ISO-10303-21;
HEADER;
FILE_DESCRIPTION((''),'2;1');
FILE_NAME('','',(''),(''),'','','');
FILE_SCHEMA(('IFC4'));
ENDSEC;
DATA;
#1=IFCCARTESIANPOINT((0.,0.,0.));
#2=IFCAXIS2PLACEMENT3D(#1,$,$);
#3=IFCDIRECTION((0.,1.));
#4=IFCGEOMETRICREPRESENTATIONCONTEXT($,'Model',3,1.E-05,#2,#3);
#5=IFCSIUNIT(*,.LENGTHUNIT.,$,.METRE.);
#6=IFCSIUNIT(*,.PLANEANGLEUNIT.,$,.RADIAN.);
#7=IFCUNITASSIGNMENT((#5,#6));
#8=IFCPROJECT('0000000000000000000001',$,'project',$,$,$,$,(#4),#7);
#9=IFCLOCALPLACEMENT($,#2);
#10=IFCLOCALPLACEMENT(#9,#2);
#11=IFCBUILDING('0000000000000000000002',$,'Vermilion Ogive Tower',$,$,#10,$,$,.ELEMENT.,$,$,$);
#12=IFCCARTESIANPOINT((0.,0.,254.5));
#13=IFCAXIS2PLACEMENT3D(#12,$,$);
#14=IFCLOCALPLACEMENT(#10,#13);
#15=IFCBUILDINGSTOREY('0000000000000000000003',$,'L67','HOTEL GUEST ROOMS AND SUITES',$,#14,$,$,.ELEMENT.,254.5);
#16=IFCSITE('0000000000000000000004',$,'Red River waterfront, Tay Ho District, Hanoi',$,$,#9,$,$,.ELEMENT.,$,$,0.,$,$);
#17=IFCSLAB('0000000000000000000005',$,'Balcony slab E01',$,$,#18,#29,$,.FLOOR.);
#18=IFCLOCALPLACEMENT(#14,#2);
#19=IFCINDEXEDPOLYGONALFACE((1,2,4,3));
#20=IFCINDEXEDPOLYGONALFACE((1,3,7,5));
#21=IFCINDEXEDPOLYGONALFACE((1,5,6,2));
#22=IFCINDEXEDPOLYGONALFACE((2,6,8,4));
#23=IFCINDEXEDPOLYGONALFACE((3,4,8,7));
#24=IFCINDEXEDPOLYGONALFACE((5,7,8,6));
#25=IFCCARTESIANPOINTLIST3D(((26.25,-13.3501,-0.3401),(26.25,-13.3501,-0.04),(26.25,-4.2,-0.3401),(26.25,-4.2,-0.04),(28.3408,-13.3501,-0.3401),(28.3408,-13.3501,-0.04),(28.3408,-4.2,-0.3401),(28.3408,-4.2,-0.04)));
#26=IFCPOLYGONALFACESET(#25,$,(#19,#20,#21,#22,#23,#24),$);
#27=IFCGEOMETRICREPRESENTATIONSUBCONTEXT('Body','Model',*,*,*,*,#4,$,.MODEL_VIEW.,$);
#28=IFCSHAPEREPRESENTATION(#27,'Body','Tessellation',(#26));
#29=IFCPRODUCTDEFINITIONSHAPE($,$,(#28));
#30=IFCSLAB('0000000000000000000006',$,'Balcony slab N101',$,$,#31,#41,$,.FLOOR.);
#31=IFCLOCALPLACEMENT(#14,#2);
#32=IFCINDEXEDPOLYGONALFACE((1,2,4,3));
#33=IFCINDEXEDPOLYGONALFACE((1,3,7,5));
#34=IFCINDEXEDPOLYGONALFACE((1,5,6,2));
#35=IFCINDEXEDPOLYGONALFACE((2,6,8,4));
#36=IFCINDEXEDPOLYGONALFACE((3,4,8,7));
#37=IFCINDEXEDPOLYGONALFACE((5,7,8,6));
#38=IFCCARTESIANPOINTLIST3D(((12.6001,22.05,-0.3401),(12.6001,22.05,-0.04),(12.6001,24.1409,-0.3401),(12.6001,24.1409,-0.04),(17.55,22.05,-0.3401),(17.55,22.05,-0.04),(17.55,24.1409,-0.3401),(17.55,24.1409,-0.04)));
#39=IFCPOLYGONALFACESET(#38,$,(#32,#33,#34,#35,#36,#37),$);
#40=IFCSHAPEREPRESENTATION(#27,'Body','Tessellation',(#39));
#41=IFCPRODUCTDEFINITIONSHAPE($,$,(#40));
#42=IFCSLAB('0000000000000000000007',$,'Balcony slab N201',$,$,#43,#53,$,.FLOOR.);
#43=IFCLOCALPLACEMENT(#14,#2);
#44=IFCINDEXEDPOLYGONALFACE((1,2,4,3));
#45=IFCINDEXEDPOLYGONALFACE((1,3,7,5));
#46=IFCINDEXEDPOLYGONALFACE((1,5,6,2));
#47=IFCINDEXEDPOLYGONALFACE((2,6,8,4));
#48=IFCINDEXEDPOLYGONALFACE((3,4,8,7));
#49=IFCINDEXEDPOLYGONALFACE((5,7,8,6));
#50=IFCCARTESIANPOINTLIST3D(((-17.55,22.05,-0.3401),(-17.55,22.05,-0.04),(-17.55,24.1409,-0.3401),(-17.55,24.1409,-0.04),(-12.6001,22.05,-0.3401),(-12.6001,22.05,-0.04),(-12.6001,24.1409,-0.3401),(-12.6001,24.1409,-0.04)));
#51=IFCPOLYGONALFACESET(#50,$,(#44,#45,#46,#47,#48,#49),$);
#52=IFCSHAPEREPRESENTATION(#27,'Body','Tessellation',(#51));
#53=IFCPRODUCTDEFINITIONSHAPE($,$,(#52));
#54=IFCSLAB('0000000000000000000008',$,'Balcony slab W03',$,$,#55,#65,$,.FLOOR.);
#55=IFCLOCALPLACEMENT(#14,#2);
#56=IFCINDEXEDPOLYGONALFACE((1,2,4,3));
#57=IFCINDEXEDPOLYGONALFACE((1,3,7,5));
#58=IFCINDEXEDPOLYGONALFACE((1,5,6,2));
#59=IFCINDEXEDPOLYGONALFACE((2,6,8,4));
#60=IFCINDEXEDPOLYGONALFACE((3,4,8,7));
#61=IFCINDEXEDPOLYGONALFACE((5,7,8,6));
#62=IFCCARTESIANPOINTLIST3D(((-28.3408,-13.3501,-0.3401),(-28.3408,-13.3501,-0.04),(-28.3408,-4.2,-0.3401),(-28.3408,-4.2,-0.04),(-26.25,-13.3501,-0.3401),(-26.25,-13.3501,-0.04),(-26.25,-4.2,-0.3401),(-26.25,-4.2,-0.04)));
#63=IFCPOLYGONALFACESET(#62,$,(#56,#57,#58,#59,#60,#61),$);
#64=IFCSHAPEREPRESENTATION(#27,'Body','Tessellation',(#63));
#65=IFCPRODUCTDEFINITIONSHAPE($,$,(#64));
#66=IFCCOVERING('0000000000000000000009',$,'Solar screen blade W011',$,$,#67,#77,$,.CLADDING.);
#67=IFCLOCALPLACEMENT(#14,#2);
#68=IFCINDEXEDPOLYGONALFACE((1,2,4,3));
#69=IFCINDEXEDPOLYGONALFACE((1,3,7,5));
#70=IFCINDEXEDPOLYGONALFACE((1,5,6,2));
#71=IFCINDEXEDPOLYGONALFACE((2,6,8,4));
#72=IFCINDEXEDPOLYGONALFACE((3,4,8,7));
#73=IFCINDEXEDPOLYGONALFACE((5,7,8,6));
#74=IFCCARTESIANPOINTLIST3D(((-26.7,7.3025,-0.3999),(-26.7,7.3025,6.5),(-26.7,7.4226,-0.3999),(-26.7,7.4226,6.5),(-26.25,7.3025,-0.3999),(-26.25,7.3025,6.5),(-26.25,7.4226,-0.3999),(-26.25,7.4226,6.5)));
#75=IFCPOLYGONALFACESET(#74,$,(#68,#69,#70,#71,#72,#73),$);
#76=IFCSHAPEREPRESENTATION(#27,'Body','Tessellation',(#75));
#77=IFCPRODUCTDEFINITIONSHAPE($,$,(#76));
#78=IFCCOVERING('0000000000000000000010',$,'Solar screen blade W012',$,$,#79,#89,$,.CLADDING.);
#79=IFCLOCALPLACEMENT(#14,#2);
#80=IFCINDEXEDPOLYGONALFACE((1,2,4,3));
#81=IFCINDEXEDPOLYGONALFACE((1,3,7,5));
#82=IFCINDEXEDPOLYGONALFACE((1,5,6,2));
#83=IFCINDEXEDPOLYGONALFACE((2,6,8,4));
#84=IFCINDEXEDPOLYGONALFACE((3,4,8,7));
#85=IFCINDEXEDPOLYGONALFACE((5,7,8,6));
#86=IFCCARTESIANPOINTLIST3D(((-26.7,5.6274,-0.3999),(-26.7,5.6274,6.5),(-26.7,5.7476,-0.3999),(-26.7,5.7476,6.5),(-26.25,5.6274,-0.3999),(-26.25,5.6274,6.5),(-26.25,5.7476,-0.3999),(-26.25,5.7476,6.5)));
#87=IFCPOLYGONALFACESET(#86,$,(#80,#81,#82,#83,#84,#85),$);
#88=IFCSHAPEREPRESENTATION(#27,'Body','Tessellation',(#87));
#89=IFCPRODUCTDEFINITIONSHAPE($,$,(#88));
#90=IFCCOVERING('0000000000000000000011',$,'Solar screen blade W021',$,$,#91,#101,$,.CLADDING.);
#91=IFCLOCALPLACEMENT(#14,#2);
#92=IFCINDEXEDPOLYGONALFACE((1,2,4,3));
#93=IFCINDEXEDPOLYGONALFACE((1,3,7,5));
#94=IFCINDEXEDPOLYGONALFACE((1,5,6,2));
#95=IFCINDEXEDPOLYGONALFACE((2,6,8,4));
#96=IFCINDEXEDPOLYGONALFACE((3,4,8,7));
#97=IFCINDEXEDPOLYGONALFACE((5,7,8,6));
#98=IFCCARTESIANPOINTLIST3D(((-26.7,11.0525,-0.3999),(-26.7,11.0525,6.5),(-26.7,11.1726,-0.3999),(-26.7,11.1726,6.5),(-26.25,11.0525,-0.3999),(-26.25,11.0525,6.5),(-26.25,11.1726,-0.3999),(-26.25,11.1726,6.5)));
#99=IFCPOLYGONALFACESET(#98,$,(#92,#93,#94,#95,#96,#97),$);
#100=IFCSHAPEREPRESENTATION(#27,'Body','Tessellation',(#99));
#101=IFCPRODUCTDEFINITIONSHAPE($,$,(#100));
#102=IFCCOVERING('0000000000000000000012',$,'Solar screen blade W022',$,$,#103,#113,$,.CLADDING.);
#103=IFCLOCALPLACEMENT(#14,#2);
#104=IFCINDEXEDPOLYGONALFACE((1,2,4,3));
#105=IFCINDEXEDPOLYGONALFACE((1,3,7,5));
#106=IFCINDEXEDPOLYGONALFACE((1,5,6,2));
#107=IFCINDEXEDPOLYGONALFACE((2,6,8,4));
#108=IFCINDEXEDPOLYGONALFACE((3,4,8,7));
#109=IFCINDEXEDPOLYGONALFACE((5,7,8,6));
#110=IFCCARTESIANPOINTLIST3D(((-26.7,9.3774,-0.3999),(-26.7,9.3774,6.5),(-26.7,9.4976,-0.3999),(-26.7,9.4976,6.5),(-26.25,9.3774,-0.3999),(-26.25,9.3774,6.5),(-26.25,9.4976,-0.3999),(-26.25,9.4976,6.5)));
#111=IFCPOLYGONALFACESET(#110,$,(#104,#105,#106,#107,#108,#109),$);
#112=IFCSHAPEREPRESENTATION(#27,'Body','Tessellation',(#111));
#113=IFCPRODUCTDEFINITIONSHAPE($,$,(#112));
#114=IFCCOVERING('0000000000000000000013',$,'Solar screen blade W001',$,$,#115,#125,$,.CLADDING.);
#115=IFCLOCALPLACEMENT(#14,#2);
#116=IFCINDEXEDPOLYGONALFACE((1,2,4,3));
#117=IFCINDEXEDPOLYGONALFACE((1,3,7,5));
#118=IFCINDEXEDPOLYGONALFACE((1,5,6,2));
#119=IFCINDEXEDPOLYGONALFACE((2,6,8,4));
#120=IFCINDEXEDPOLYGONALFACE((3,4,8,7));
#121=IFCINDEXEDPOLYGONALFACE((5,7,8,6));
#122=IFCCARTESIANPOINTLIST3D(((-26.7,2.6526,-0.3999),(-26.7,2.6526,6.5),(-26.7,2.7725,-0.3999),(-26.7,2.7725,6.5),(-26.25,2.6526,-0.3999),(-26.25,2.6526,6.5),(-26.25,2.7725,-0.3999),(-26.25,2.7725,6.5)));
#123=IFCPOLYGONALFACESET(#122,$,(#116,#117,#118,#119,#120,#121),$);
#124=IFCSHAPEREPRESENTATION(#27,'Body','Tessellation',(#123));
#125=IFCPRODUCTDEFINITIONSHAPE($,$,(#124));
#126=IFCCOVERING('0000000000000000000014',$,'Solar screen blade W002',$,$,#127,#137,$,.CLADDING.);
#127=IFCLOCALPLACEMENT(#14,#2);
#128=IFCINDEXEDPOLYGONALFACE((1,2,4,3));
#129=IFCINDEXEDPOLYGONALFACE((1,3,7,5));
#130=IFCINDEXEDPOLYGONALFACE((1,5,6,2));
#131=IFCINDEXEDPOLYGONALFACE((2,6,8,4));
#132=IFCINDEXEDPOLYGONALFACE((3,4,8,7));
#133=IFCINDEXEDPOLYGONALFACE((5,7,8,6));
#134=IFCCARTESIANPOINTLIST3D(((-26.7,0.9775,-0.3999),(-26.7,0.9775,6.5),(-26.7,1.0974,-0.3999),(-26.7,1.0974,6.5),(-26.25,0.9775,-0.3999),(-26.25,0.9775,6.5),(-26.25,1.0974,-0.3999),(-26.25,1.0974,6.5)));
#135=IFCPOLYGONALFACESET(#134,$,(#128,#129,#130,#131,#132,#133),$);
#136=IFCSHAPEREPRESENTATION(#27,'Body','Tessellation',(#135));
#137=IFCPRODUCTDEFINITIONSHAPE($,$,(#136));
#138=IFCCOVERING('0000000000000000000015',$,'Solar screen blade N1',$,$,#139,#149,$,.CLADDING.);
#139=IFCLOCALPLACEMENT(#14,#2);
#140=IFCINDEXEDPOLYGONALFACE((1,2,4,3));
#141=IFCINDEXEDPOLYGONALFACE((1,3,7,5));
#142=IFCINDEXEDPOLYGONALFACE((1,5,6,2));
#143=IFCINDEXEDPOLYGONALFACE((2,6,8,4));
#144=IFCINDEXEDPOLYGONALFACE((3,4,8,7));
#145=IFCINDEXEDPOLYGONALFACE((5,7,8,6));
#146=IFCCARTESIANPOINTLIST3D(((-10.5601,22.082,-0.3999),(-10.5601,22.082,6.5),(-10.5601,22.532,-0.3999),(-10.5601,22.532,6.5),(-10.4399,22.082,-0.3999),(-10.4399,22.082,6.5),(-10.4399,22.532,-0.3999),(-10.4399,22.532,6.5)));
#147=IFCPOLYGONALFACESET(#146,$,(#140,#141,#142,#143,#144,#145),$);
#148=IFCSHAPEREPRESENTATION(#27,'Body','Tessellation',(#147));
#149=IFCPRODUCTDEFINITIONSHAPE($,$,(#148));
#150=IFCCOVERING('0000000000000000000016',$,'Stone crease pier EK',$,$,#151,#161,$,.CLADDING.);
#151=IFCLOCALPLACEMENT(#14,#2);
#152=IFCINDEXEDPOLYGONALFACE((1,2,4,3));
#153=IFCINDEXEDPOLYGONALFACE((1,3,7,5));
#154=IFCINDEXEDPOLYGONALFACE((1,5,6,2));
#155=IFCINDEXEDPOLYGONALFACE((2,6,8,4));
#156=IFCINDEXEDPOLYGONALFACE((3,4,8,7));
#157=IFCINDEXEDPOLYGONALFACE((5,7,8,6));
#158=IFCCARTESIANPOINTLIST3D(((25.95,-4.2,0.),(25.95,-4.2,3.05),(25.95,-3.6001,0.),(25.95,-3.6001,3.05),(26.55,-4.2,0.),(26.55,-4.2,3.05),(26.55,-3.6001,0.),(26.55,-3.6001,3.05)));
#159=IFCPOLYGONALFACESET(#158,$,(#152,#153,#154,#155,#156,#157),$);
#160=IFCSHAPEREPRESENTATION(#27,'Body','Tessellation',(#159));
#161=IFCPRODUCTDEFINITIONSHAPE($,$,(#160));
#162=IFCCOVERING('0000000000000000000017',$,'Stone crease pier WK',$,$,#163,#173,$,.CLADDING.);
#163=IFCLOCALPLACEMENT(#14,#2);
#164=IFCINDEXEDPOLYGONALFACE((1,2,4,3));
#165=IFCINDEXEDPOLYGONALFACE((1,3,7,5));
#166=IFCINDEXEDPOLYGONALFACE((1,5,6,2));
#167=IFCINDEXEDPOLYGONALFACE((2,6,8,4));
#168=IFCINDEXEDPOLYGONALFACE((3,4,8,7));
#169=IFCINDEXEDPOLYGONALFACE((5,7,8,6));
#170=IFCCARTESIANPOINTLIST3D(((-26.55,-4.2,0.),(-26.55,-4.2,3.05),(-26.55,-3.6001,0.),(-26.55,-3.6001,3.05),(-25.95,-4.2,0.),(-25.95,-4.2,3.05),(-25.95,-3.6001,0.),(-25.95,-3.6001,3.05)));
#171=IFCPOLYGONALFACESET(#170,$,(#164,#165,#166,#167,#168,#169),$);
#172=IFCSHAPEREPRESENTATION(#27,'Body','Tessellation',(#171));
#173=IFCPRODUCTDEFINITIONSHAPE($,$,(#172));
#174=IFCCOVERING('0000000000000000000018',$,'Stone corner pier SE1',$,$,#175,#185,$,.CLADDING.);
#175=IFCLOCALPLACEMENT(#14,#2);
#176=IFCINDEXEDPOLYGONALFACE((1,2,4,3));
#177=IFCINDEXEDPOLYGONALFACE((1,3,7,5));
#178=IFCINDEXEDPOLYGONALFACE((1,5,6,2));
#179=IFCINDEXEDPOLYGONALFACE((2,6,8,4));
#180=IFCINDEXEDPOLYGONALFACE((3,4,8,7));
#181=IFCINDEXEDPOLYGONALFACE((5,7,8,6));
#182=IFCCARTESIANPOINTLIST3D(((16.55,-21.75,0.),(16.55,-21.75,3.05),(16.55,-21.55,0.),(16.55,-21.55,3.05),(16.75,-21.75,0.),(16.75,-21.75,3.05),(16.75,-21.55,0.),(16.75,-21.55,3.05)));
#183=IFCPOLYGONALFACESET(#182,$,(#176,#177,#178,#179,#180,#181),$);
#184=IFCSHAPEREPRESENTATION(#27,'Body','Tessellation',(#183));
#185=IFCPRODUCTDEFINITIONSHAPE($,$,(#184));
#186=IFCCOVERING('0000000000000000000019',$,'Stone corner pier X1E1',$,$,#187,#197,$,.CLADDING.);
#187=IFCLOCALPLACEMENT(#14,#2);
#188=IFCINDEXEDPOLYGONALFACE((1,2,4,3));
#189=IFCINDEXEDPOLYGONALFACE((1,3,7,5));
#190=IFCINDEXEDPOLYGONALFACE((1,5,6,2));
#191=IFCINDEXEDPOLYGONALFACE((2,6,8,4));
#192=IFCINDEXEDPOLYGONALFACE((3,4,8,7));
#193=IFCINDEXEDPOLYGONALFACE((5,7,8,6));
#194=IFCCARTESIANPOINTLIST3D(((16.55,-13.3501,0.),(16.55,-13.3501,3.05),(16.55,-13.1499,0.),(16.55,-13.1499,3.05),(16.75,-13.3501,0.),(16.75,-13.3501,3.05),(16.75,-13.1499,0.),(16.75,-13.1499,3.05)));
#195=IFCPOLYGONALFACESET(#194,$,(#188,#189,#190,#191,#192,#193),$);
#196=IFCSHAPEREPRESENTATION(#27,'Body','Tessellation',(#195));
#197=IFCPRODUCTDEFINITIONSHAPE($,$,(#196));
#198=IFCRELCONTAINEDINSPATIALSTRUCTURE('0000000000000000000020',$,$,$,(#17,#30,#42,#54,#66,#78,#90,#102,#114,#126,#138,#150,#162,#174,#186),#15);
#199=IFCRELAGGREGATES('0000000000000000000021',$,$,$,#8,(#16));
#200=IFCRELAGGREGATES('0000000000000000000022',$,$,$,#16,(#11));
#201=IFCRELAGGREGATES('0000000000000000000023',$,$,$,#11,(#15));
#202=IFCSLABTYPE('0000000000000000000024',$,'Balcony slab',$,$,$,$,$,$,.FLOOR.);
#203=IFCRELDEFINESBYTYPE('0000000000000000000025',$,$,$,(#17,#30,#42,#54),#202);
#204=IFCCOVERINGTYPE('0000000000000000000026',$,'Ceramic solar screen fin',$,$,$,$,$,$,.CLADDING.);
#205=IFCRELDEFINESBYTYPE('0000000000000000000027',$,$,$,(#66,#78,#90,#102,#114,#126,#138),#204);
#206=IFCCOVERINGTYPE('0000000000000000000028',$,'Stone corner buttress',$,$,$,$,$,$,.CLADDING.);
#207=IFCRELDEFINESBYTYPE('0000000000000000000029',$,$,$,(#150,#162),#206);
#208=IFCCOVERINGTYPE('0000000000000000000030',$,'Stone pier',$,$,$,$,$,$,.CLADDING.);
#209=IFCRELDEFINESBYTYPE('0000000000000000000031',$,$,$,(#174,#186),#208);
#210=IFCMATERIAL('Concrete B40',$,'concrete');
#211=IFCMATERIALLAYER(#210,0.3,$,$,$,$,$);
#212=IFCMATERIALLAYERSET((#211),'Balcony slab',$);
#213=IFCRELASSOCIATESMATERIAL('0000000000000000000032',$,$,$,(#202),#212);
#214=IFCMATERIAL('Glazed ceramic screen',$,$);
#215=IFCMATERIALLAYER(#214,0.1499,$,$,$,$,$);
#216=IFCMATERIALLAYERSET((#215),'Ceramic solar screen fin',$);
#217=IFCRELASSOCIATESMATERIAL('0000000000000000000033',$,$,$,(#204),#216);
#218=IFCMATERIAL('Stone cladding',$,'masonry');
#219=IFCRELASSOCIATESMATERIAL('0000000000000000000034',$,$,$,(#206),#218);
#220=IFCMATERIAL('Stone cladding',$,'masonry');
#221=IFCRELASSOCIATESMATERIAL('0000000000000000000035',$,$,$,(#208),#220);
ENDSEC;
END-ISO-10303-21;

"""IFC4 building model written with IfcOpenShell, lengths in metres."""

from ifc_helpers import new_model, si_unit, direction, frame, origin, place, context, subcontext, project, spatial, polyline, outline, extrude, material, layer, layer_set, type_object, element, save


model = new_model("IFC4")

# Units and contexts
model_context = context("Model", 3, precision=1e-05, world=origin(), true_north=direction((0.0, 1.0)))
body_context = subcontext(model_context, "Body", "Model", "MODEL_VIEW")
ifc_project = project(units=[si_unit("LENGTHUNIT", "METRE"), si_unit("PLANEANGLEUNIT", "RADIAN")], contexts=[model_context])

# Site, building, storey
site_placement = place(None, origin())
site = spatial("IfcSite", under=ifc_project, at=site_placement, Name="Red River waterfront, Tay Ho District, Hanoi", CompositionType="ELEMENT", RefElevation=0.0)
building_placement = place(site_placement, origin())
building = spatial("IfcBuilding", under=site, at=building_placement, Name="Vermilion Ogive Tower", CompositionType="ELEMENT")
storey_placement = place(building_placement, frame((0.0, 0.0, 254.5)))
storey = spatial("IfcBuildingStorey", under=building, at=storey_placement, Name="L67", Description="HOTEL GUEST ROOMS AND SUITES", CompositionType="ELEMENT", Elevation=254.5)

# Slabs
ifc_material_1 = material(Name="Concrete B40", Category="concrete")
ifc_layer_1 = layer(ifc_material_1, 0.3)
ifc_layer_set_1 = layer_set([ifc_layer_1], Name="Balcony slab")
slab_type = type_object("IfcSlabType", Name="Balcony slab", PredefinedType="FLOOR", material=ifc_layer_set_1)
slab_1_placement = place(storey_placement, frame((0.0, 0.0, -0.3401)))
element("IfcSlab", 1, at=slab_1_placement, inside=storey, type_object=slab_type, Name="Balcony slab E01", PredefinedType="FLOOR", context=body_context, shape_type="SweptSolid", body=[
    extrude(outline(polyline([(28.3408, -13.3501), (28.3408, -4.2), (26.25, -4.2), (26.25, -13.3501), (28.3408, -13.3501)])), origin(), (0.0, 0.0, 1.0), 0.3),
])
slab_2_placement = place(storey_placement, frame((0.0, 0.0, -0.3401)))
element("IfcSlab", 2, at=slab_2_placement, inside=storey, type_object=slab_type, Name="Balcony slab N101", PredefinedType="FLOOR", context=body_context, shape_type="SweptSolid", body=[
    extrude(outline(polyline([(17.55, 24.1409), (12.6001, 24.1409), (12.6001, 22.05), (17.55, 22.05), (17.55, 24.1409)])), origin(), (0.0, 0.0, 1.0), 0.3),
])
slab_3_placement = place(storey_placement, frame((0.0, 0.0, -0.3401)))
element("IfcSlab", 3, at=slab_3_placement, inside=storey, type_object=slab_type, Name="Balcony slab N201", PredefinedType="FLOOR", context=body_context, shape_type="SweptSolid", body=[
    extrude(outline(polyline([(-12.6001, 24.1409), (-17.55, 24.1409), (-17.55, 22.05), (-12.6001, 22.05), (-12.6001, 24.1409)])), origin(), (0.0, 0.0, 1.0), 0.3),
])
slab_4_placement = place(storey_placement, frame((0.0, 0.0, -0.3401)))
element("IfcSlab", 4, at=slab_4_placement, inside=storey, type_object=slab_type, Name="Balcony slab W03", PredefinedType="FLOOR", context=body_context, shape_type="SweptSolid", body=[
    extrude(outline(polyline([(-28.3408, -4.2), (-28.3408, -13.3501), (-26.25, -13.3501), (-26.25, -4.2), (-28.3408, -4.2)])), origin(), (0.0, 0.0, 1.0), 0.3),
])

# Coverings
ifc_material_2 = material(Name="Glazed ceramic screen")
ifc_layer_2 = layer(ifc_material_2, 0.1499)
ifc_layer_set_2 = layer_set([ifc_layer_2], Name="Ceramic solar screen fin")
covering_type_1 = type_object("IfcCoveringType", Name="Ceramic solar screen fin", PredefinedType="CLADDING", material=ifc_layer_set_2)
covering_1_placement = place(storey_placement, frame((0.0, 0.0, -0.3999)))
element("IfcCovering", 5, at=covering_1_placement, inside=storey, type_object=covering_type_1, Name="Solar screen blade W011", PredefinedType="CLADDING", context=body_context, shape_type="SweptSolid", body=[
    extrude(outline(polyline([(-26.7, 7.4226), (-26.7, 7.3025), (-26.25, 7.3025), (-26.25, 7.4226), (-26.7, 7.4226)])), origin(), (0.0, 0.0, 1.0), 6.8999),
])
covering_2_placement = place(storey_placement, frame((0.0, 0.0, -0.3999)))
element("IfcCovering", 6, at=covering_2_placement, inside=storey, type_object=covering_type_1, Name="Solar screen blade W012", PredefinedType="CLADDING", context=body_context, shape_type="SweptSolid", body=[
    extrude(outline(polyline([(-26.7, 5.7476), (-26.7, 5.6274), (-26.25, 5.6274), (-26.25, 5.7476), (-26.7, 5.7476)])), origin(), (0.0, 0.0, 1.0), 6.8999),
])
covering_3_placement = place(storey_placement, frame((0.0, 0.0, -0.3999)))
element("IfcCovering", 7, at=covering_3_placement, inside=storey, type_object=covering_type_1, Name="Solar screen blade W021", PredefinedType="CLADDING", context=body_context, shape_type="SweptSolid", body=[
    extrude(outline(polyline([(-26.7, 11.1726), (-26.7, 11.0525), (-26.25, 11.0525), (-26.25, 11.1726), (-26.7, 11.1726)])), origin(), (0.0, 0.0, 1.0), 6.8999),
])
covering_4_placement = place(storey_placement, frame((0.0, 0.0, -0.3999)))
element("IfcCovering", 8, at=covering_4_placement, inside=storey, type_object=covering_type_1, Name="Solar screen blade W022", PredefinedType="CLADDING", context=body_context, shape_type="SweptSolid", body=[
    extrude(outline(polyline([(-26.7, 9.4976), (-26.7, 9.3774), (-26.25, 9.3774), (-26.25, 9.4976), (-26.7, 9.4976)])), origin(), (0.0, 0.0, 1.0), 6.8999),
])
covering_5_placement = place(storey_placement, frame((0.0, 0.0, -0.3999)))
element("IfcCovering", 9, at=covering_5_placement, inside=storey, type_object=covering_type_1, Name="Solar screen blade W001", PredefinedType="CLADDING", context=body_context, shape_type="SweptSolid", body=[
    extrude(outline(polyline([(-26.7, 2.7725), (-26.7, 2.6526), (-26.25, 2.6526), (-26.25, 2.7725), (-26.7, 2.7725)])), origin(), (0.0, 0.0, 1.0), 6.8999),
])
covering_6_placement = place(storey_placement, frame((0.0, 0.0, -0.3999)))
element("IfcCovering", 10, at=covering_6_placement, inside=storey, type_object=covering_type_1, Name="Solar screen blade W002", PredefinedType="CLADDING", context=body_context, shape_type="SweptSolid", body=[
    extrude(outline(polyline([(-26.7, 1.0974), (-26.7, 0.9775), (-26.25, 0.9775), (-26.25, 1.0974), (-26.7, 1.0974)])), origin(), (0.0, 0.0, 1.0), 6.8999),
])
covering_7_placement = place(storey_placement, frame((0.0, 0.0, -0.3999)))
element("IfcCovering", 11, at=covering_7_placement, inside=storey, type_object=covering_type_1, Name="Solar screen blade N1", PredefinedType="CLADDING", context=body_context, shape_type="SweptSolid", body=[
    extrude(outline(polyline([(-10.5601, 22.082), (-10.4399, 22.082), (-10.4399, 22.532), (-10.5601, 22.532), (-10.5601, 22.082)])), origin(), (0.0, 0.0, 1.0), 6.8999),
])
ifc_material_3 = material(Name="Stone cladding", Category="masonry")
covering_type_2 = type_object("IfcCoveringType", Name="Stone corner buttress", PredefinedType="CLADDING", material=ifc_material_3)
covering_8_placement = place(storey_placement, origin())
element("IfcCovering", 12, at=covering_8_placement, inside=storey, type_object=covering_type_2, Name="Stone crease pier EK", PredefinedType="CLADDING", context=body_context, shape_type="SweptSolid", body=[
    extrude(outline(polyline([(26.55, -4.2), (26.55, -3.6001), (25.95, -3.6001), (25.95, -4.2), (26.55, -4.2)])), origin(), (0.0, 0.0, 1.0), 3.05),
])
covering_9_placement = place(storey_placement, origin())
element("IfcCovering", 13, at=covering_9_placement, inside=storey, type_object=covering_type_2, Name="Stone crease pier WK", PredefinedType="CLADDING", context=body_context, shape_type="SweptSolid", body=[
    extrude(outline(polyline([(-26.55, -3.6001), (-26.55, -4.2), (-25.95, -4.2), (-25.95, -3.6001), (-26.55, -3.6001)])), origin(), (0.0, 0.0, 1.0), 3.05),
])
ifc_material_4 = material(Name="Stone cladding", Category="masonry")
covering_type_3 = type_object("IfcCoveringType", Name="Stone pier", PredefinedType="CLADDING", material=ifc_material_4)
covering_10_placement = place(storey_placement, origin())
element("IfcCovering", 14, at=covering_10_placement, inside=storey, type_object=covering_type_3, Name="Stone corner pier SE1", PredefinedType="CLADDING", context=body_context, shape_type="SweptSolid", body=[
    extrude(outline(polyline([(16.55, -21.55), (16.75, -21.55), (16.75, -21.75), (16.55, -21.75), (16.55, -21.55)])), origin(), (0.0, 0.0, 1.0), 3.05),
])
covering_11_placement = place(storey_placement, origin())
element("IfcCovering", 15, at=covering_11_placement, inside=storey, type_object=covering_type_3, Name="Stone corner pier X1E1", PredefinedType="CLADDING", context=body_context, shape_type="SweptSolid", body=[
    extrude(outline(polyline([(16.55, -13.1499), (16.75, -13.1499), (16.75, -13.3501), (16.55, -13.3501), (16.55, -13.1499)])), origin(), (0.0, 0.0, 1.0), 3.05),
])

save(model, "model.ifc")
